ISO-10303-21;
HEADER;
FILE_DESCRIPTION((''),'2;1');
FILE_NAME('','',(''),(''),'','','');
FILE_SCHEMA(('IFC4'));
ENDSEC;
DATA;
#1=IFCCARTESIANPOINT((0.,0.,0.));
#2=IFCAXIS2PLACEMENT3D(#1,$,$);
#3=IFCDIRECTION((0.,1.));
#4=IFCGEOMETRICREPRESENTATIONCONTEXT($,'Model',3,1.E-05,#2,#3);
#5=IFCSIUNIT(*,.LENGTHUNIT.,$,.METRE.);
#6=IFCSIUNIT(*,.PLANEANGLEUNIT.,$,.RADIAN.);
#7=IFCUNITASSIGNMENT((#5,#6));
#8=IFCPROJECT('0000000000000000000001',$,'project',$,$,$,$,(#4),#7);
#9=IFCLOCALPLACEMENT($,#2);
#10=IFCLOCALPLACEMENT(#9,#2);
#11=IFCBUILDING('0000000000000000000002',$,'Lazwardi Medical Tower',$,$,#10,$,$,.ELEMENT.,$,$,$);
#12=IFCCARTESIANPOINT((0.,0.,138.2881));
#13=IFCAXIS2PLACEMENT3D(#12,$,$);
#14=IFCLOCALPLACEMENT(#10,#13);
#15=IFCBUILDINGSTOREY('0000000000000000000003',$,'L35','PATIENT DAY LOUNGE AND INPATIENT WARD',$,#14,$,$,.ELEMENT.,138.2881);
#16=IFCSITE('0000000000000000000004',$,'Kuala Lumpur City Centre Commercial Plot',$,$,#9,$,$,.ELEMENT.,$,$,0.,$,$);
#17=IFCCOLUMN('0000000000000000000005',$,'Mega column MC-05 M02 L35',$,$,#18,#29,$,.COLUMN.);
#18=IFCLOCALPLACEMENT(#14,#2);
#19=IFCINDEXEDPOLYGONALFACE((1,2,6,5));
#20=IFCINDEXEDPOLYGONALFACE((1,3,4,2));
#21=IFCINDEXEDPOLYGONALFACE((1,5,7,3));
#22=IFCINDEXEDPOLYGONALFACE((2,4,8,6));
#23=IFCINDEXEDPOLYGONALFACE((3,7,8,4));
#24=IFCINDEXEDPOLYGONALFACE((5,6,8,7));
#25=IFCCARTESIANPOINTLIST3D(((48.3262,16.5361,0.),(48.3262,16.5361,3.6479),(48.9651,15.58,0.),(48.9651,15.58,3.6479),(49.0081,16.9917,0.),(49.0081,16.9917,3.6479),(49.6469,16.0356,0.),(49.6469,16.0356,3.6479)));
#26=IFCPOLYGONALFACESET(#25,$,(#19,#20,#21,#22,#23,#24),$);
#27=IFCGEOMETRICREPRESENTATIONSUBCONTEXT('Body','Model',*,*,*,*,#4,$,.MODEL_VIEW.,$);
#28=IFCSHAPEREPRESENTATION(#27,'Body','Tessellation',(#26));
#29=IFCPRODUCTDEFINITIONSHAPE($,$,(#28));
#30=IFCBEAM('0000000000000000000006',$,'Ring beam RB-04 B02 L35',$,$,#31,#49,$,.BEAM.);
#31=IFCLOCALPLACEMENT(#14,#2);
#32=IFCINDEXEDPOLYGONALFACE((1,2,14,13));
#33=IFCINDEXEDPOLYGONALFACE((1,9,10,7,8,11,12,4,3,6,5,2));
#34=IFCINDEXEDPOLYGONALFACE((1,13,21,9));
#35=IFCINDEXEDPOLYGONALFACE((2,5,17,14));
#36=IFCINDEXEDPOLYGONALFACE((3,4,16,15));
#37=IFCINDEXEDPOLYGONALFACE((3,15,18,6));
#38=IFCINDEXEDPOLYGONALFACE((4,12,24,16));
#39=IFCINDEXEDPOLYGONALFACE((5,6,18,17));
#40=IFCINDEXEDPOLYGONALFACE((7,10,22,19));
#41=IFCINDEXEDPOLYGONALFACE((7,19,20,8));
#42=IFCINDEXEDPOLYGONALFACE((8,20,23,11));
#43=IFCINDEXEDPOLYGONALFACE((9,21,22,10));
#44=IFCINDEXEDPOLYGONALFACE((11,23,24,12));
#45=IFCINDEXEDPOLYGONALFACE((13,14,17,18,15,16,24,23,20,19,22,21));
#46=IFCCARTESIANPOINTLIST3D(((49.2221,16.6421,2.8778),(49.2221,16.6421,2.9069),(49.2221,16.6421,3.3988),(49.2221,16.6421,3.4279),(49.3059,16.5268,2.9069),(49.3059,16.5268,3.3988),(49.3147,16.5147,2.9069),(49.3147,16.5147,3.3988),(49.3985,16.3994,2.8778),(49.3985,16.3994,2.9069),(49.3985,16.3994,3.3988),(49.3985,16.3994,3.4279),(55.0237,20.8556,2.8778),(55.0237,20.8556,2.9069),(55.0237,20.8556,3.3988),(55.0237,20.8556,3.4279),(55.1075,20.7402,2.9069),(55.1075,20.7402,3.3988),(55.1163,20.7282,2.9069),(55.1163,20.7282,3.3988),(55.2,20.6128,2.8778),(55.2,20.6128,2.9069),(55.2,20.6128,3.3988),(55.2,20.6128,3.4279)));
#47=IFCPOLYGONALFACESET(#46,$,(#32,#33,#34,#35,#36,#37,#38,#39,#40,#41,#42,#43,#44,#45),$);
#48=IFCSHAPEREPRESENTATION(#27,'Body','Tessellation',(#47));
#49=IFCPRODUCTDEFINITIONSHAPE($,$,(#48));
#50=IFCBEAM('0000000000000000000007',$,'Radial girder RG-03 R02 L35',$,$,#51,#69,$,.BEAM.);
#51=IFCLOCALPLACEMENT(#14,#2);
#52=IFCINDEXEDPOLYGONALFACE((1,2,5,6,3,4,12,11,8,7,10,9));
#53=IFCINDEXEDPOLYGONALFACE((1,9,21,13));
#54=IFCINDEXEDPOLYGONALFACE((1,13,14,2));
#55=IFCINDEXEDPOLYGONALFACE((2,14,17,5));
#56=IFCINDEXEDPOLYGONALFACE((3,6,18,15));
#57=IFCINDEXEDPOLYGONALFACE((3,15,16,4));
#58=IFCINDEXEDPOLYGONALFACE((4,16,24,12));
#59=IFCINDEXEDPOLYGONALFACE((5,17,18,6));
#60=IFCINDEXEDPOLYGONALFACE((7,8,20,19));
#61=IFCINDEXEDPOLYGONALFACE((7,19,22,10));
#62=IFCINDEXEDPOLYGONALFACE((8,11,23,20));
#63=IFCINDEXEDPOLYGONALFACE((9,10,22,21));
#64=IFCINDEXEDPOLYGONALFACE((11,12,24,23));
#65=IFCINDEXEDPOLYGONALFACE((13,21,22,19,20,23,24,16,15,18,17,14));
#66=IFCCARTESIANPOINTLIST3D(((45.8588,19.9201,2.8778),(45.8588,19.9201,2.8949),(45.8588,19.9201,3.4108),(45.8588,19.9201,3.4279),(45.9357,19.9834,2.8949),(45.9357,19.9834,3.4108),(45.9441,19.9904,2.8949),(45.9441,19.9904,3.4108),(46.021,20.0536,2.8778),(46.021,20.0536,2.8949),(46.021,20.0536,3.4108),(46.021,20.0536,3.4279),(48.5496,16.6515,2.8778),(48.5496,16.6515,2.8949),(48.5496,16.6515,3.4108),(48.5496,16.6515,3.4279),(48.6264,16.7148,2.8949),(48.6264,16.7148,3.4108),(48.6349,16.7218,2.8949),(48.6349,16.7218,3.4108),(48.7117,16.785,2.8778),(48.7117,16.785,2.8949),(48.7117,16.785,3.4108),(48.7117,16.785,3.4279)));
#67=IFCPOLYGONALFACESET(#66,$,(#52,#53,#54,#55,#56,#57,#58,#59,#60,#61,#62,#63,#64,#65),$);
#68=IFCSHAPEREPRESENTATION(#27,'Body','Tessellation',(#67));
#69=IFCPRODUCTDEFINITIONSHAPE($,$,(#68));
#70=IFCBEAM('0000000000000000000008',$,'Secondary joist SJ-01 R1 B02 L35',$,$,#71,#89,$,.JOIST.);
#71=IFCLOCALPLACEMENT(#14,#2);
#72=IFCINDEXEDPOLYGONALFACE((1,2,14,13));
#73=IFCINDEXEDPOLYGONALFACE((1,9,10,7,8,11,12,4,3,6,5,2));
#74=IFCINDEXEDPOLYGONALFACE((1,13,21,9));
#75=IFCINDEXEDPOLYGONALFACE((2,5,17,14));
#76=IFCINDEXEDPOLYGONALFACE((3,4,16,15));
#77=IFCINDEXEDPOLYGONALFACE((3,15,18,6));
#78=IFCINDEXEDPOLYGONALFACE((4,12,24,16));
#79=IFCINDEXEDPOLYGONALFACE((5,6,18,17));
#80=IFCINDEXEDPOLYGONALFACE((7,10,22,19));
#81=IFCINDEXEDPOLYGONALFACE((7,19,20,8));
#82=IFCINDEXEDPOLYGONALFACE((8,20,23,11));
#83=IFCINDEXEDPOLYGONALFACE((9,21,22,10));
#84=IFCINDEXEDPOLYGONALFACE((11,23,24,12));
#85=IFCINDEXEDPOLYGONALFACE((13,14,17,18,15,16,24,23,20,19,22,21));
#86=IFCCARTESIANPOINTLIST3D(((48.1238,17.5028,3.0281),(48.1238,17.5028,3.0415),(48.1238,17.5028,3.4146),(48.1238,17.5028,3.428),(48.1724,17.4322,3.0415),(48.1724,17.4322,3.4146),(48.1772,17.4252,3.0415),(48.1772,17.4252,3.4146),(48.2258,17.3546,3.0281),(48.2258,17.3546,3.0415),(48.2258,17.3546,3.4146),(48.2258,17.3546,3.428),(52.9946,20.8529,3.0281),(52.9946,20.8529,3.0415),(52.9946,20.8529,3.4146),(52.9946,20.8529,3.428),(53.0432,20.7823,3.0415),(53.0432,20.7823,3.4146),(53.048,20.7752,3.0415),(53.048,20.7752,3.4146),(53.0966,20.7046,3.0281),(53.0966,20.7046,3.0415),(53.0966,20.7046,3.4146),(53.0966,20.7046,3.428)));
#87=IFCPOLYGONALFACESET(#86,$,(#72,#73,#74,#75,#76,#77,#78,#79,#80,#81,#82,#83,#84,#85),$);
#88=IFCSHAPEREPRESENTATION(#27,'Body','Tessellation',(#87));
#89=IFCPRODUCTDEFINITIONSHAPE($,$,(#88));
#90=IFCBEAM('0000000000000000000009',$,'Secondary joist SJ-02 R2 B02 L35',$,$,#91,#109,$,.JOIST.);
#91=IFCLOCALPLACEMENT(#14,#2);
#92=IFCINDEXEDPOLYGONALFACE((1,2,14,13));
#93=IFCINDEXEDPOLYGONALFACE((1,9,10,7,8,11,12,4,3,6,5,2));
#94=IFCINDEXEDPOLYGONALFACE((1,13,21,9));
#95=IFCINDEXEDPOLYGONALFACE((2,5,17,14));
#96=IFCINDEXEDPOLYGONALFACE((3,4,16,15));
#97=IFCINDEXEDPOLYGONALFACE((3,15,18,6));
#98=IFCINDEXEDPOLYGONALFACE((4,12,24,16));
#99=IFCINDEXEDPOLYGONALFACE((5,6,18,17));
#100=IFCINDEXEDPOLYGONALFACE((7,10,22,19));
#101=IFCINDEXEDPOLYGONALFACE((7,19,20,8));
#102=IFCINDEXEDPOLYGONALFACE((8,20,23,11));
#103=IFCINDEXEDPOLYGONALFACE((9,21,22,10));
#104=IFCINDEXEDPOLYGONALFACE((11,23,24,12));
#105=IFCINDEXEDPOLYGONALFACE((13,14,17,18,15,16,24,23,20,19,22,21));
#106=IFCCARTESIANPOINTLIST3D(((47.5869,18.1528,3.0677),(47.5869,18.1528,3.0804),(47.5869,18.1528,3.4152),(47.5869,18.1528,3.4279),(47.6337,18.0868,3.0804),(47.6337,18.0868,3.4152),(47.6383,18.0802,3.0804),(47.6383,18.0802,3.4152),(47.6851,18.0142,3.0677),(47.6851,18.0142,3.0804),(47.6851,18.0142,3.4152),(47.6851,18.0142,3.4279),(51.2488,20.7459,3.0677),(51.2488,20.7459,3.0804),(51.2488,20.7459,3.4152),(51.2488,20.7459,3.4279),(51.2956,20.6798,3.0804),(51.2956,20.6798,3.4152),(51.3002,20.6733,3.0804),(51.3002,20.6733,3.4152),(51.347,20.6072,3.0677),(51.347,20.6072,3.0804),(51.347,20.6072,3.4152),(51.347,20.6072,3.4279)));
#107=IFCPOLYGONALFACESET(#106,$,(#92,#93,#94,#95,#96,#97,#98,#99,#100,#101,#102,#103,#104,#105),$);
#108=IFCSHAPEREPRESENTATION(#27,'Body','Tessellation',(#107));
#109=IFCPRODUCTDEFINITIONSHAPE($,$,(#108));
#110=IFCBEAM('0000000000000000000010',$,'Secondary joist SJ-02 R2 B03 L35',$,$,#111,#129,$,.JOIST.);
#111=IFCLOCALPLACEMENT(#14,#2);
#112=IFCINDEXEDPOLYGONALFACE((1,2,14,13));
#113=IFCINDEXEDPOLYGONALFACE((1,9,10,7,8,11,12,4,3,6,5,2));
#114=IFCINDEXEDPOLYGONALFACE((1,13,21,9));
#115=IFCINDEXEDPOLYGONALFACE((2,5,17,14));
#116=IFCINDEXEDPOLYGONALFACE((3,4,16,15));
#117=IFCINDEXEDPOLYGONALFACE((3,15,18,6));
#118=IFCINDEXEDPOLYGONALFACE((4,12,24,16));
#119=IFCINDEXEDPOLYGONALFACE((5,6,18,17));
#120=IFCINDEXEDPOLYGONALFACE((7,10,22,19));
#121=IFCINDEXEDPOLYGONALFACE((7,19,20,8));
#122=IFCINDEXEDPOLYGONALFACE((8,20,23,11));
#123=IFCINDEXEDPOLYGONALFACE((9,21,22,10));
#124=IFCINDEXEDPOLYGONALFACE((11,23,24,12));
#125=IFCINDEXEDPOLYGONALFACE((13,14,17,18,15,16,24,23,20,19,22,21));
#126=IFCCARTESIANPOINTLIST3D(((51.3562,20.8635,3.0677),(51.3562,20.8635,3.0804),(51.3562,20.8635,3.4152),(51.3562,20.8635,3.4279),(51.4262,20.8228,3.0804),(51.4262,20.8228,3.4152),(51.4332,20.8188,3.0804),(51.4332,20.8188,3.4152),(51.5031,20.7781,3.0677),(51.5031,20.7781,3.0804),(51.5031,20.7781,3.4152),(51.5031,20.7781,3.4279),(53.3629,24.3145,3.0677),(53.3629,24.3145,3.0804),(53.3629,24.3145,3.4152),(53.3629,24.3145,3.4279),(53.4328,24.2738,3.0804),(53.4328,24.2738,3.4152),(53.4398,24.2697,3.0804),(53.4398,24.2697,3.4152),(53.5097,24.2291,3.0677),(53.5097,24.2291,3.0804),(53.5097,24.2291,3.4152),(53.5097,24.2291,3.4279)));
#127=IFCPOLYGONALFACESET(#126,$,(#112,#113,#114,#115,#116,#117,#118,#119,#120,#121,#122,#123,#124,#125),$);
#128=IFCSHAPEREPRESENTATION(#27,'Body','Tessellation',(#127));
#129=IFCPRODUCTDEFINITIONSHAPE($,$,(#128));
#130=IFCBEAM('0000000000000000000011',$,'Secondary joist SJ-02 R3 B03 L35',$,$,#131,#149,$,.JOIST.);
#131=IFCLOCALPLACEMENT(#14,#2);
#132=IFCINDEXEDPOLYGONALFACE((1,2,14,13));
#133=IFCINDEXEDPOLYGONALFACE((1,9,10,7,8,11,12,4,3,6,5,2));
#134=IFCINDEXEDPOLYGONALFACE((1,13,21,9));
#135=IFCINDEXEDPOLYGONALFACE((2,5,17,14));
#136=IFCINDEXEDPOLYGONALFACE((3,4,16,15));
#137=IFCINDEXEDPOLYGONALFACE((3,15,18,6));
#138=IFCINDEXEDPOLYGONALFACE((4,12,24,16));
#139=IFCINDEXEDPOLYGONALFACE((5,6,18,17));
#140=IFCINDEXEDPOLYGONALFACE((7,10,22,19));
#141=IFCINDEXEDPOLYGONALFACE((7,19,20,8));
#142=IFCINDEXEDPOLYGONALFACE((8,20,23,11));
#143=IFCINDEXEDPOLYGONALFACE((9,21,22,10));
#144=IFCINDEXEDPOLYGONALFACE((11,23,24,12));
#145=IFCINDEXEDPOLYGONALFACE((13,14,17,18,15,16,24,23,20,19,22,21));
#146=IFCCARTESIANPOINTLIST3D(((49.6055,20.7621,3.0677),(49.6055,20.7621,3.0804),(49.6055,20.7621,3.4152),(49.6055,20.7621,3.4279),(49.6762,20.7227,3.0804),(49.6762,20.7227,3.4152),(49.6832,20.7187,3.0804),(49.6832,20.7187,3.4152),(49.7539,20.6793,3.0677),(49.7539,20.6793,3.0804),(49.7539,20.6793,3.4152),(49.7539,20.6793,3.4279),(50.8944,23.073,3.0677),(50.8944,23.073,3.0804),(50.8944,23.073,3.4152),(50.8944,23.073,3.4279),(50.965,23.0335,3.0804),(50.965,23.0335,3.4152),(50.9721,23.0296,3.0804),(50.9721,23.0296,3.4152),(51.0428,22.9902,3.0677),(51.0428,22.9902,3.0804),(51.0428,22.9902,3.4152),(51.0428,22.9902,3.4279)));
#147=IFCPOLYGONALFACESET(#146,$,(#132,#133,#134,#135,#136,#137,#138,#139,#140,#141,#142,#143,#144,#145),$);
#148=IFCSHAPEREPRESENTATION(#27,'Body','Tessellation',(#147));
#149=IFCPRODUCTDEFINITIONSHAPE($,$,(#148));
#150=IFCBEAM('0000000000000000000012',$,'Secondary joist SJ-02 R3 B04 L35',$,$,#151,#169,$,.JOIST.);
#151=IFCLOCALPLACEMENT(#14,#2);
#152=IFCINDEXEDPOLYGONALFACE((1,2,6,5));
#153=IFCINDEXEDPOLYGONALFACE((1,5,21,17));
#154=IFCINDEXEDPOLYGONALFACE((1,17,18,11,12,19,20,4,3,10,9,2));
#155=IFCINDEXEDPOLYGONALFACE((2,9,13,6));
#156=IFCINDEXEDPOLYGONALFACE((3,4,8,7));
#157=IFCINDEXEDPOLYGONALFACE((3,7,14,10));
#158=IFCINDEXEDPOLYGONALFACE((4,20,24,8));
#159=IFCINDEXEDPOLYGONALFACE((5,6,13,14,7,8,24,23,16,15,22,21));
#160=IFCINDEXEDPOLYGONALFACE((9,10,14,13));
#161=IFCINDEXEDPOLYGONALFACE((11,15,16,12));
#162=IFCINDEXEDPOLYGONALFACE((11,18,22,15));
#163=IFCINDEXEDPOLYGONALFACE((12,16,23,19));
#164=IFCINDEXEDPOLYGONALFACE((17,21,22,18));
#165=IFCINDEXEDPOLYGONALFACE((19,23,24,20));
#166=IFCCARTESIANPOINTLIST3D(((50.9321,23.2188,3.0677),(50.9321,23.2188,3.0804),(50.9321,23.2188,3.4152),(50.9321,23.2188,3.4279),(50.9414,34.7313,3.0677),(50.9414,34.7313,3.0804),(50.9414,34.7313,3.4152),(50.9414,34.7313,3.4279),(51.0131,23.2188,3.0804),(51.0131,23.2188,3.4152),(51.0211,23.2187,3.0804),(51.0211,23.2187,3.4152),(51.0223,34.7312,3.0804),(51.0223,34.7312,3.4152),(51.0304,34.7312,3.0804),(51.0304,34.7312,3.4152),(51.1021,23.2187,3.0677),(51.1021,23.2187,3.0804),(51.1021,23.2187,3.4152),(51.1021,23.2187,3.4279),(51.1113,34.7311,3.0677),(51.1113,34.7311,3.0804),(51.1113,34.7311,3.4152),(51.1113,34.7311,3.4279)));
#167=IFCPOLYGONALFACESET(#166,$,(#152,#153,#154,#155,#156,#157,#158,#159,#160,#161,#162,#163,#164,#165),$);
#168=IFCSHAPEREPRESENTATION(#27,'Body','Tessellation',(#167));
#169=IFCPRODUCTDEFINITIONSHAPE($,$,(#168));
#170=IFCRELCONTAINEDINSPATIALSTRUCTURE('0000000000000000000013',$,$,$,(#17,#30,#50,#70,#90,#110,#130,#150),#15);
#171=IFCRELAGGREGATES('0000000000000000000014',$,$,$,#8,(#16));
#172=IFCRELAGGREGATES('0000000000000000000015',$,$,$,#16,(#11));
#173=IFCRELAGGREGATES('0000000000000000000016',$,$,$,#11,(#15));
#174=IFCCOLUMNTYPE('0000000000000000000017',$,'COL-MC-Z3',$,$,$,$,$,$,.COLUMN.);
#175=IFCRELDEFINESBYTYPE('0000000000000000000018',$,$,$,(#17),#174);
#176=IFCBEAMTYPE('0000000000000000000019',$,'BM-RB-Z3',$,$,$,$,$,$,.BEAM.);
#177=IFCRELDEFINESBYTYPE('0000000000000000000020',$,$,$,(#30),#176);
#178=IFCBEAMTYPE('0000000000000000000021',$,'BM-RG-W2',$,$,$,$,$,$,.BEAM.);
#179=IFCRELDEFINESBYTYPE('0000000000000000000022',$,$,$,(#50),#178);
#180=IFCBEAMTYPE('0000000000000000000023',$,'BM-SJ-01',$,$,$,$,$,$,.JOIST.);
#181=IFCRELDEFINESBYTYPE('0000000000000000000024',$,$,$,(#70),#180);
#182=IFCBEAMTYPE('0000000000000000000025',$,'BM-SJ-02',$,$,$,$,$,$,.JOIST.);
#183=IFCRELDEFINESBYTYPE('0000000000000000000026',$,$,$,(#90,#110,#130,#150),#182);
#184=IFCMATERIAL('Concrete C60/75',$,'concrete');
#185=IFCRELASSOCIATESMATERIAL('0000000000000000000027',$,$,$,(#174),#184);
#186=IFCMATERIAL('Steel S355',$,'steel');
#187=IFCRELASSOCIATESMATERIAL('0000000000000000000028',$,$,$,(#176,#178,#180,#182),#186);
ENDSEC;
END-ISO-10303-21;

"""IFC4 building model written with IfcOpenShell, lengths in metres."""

from ifc_helpers import new_model, si_unit, direction, frame, origin, origin_2d, place, context, subcontext, project, spatial, rectangle, i_section, extrude, material, material_profile, profile_set, type_object, element, save


model = new_model("IFC4")

# Units and contexts
model_context = context("Model", 3, precision=1e-05, world=origin(), true_north=direction((0.0, 1.0)))
body_context = subcontext(model_context, "Body", "Model", "MODEL_VIEW")
ifc_project = project(units=[si_unit("LENGTHUNIT", "METRE"), si_unit("PLANEANGLEUNIT", "RADIAN")], contexts=[model_context])

# Site, building, storey
site_placement = place(None, origin())
site = spatial("IfcSite", under=ifc_project, at=site_placement, Name="Kuala Lumpur City Centre Commercial Plot", CompositionType="ELEMENT", RefElevation=0.0)
building_placement = place(site_placement, origin())
building = spatial("IfcBuilding", under=site, at=building_placement, Name="Lazwardi Medical Tower", CompositionType="ELEMENT")
storey_placement = place(building_placement, frame((0.0, 0.0, 138.2881)))
storey = spatial("IfcBuildingStorey", under=building, at=storey_placement, Name="L35", Description="PATIENT DAY LOUNGE AND INPATIENT WARD", CompositionType="ELEMENT", Elevation=138.2881)

# Column
ifc_material_1 = material(Name="Concrete C60/75", Category="concrete")
ifc_material_profile_1 = material_profile(ifc_material_1, rectangle(XDim=1.1499, YDim=0.8201, at=origin_2d()), Name="CFT-RECT 1150x820")
ifc_profile_set_1 = profile_set([ifc_material_profile_1], Name="Concrete C60/75")
column_type = type_object("IfcColumnType", Name="COL-MC-Z3", PredefinedType="COLUMN", material=ifc_profile_set_1)
column_placement = place(storey_placement, frame((48.9866, 16.2859, 0.0), z_axis=(0.0, 0.0, 1.0), x_axis=(0.55557, -0.83147, 0.0)))
element("IfcColumn", 1, at=column_placement, inside=storey, type_object=column_type, Name="Mega column MC-05 M02 L35", PredefinedType="COLUMN", context=body_context, shape_type="SweptSolid", body=[
    extrude(rectangle(XDim=1.1499, YDim=0.8201, at=origin_2d()), origin(), (0.0, 0.0, 1.0), 3.6479),
])

# Beams
ifc_material_2 = material(Name="Steel S355", Category="steel")
ifc_material_profile_2 = material_profile(ifc_material_2, i_section(OverallWidth=0.3, OverallDepth=0.55, WebThickness=0.0149, FlangeThickness=0.0291, at=origin_2d()), Name="HEB 550")
ifc_profile_set_2 = profile_set([ifc_material_profile_2], Name="Steel S355")
beam_type_1 = type_object("IfcBeamType", Name="BM-RB-Z3", PredefinedType="BEAM", material=ifc_profile_set_2)
beam_1_placement = place(storey_placement, frame((49.3103, 16.5208, 3.1528), z_axis=(0.809128, 0.587633, 0.0), x_axis=(-0.587633, 0.809128, 0.0)))
element("IfcBeam", 2, at=beam_1_placement, inside=storey, type_object=beam_type_1, Name="Ring beam RB-04 B02 L35", PredefinedType="BEAM", context=body_context, shape_type="SweptSolid", body=[
    extrude(i_section(OverallWidth=0.3, OverallDepth=0.55, WebThickness=0.0149, FlangeThickness=0.0291, at=origin_2d()), origin(), (0.0, 0.0, 1.0), 7.1702),
])
ifc_material_profile_3 = material_profile(ifc_material_2, i_section(OverallWidth=0.21, OverallDepth=0.55, WebThickness=0.011, FlangeThickness=0.0171, at=origin_2d()), Name="IPE 550")
ifc_profile_set_3 = profile_set([ifc_material_profile_3], Name="Steel S355")
beam_type_2 = type_object("IfcBeamType", Name="BM-RG-W2", PredefinedType="BEAM", material=ifc_profile_set_3)
beam_2_placement = place(storey_placement, frame((48.6306, 16.7183, 3.1528), z_axis=(-0.635556, 0.772055, 0.0), x_axis=(-0.772055, -0.635556, 0.0)))
element("IfcBeam", 3, at=beam_2_placement, inside=storey, type_object=beam_type_2, Name="Radial girder RG-03 R02 L35", PredefinedType="BEAM", context=body_context, shape_type="SweptSolid", body=[
    extrude(i_section(OverallWidth=0.21, OverallDepth=0.55, WebThickness=0.011, FlangeThickness=0.0171, at=origin_2d()), origin(), (0.0, 0.0, 1.0), 4.2336),
])
ifc_material_profile_4 = material_profile(ifc_material_2, i_section(OverallWidth=0.1799, OverallDepth=0.3999, WebThickness=0.0085, FlangeThickness=0.0134, at=origin_2d()), Name="IPE 400")
ifc_profile_set_4 = profile_set([ifc_material_profile_4], Name="Steel S355")
beam_type_3 = type_object("IfcBeamType", Name="BM-SJ-01", PredefinedType="JOIST", material=ifc_profile_set_4)
beam_3_placement = place(storey_placement, frame((48.1748, 17.4287, 3.228), z_axis=(0.823932, 0.566688, 0.0), x_axis=(-0.566688, 0.823932, 0.0)))
element("IfcBeam", 4, at=beam_3_placement, inside=storey, type_object=beam_type_3, Name="Secondary joist SJ-01 R1 B02 L35", PredefinedType="JOIST", context=body_context, shape_type="SweptSolid", body=[
    extrude(i_section(OverallWidth=0.1799, OverallDepth=0.3999, WebThickness=0.0085, FlangeThickness=0.0134, at=origin_2d()), origin(), (0.0, 0.0, 1.0), 5.9116),
])
ifc_material_profile_5 = material_profile(ifc_material_2, i_section(OverallWidth=0.1699, OverallDepth=0.3601, WebThickness=0.0081, FlangeThickness=0.0127, at=origin_2d()), Name="IPE 360")
ifc_profile_set_5 = profile_set([ifc_material_profile_5], Name="Steel S355")
beam_type_4 = type_object("IfcBeamType", Name="BM-SJ-02", PredefinedType="JOIST", material=ifc_profile_set_5)
beam_4_placement = place(storey_placement, frame((47.636, 18.0835, 3.2478), z_axis=(0.816109, 0.577898, 0.0), x_axis=(-0.577898, 0.816109, 0.0)))
element("IfcBeam", 5, at=beam_4_placement, inside=storey, type_object=beam_type_4, Name="Secondary joist SJ-02 R2 B02 L35", PredefinedType="JOIST", context=body_context, shape_type="SweptSolid", body=[
    extrude(i_section(OverallWidth=0.1699, OverallDepth=0.3601, WebThickness=0.0081, FlangeThickness=0.0127, at=origin_2d()), origin(), (0.0, 0.0, 1.0), 4.4871),
])
beam_5_placement = place(storey_placement, frame((51.4297, 20.8208, 3.2478), z_axis=(0.502665, 0.864481, 0.0), x_axis=(-0.864481, 0.502665, 0.0)))
element("IfcBeam", 6, at=beam_5_placement, inside=storey, type_object=beam_type_4, Name="Secondary joist SJ-02 R2 B03 L35", PredefinedType="JOIST", context=body_context, shape_type="SweptSolid", body=[
    extrude(i_section(OverallWidth=0.1699, OverallDepth=0.3601, WebThickness=0.0081, FlangeThickness=0.0127, at=origin_2d()), origin(), (0.0, 0.0, 1.0), 3.9919),
])
beam_6_placement = place(storey_placement, frame((49.6797, 20.7207, 3.2478), z_axis=(0.487099, 0.873347, 0.0), x_axis=(-0.873347, 0.487099, 0.0)))
element("IfcBeam", 7, at=beam_6_placement, inside=storey, type_object=beam_type_4, Name="Secondary joist SJ-02 R3 B03 L35", PredefinedType="JOIST", context=body_context, shape_type="SweptSolid", body=[
    extrude(i_section(OverallWidth=0.1699, OverallDepth=0.3601, WebThickness=0.0081, FlangeThickness=0.0127, at=origin_2d()), origin(), (0.0, 0.0, 1.0), 2.646),
])
beam_7_placement = place(storey_placement, frame((51.0171, 23.2188, 3.2478), z_axis=(0.000806, 1.0, 0.0), x_axis=(-1.0, 0.000806, 0.0)))
element("IfcBeam", 8, at=beam_7_placement, inside=storey, type_object=beam_type_4, Name="Secondary joist SJ-02 R3 B04 L35", PredefinedType="JOIST", context=body_context, shape_type="SweptSolid", body=[
    extrude(i_section(OverallWidth=0.1699, OverallDepth=0.3601, WebThickness=0.0081, FlangeThickness=0.0127, at=origin_2d()), origin(), (0.0, 0.0, 1.0), 11.5125),
])

save(model, "model.ifc")
